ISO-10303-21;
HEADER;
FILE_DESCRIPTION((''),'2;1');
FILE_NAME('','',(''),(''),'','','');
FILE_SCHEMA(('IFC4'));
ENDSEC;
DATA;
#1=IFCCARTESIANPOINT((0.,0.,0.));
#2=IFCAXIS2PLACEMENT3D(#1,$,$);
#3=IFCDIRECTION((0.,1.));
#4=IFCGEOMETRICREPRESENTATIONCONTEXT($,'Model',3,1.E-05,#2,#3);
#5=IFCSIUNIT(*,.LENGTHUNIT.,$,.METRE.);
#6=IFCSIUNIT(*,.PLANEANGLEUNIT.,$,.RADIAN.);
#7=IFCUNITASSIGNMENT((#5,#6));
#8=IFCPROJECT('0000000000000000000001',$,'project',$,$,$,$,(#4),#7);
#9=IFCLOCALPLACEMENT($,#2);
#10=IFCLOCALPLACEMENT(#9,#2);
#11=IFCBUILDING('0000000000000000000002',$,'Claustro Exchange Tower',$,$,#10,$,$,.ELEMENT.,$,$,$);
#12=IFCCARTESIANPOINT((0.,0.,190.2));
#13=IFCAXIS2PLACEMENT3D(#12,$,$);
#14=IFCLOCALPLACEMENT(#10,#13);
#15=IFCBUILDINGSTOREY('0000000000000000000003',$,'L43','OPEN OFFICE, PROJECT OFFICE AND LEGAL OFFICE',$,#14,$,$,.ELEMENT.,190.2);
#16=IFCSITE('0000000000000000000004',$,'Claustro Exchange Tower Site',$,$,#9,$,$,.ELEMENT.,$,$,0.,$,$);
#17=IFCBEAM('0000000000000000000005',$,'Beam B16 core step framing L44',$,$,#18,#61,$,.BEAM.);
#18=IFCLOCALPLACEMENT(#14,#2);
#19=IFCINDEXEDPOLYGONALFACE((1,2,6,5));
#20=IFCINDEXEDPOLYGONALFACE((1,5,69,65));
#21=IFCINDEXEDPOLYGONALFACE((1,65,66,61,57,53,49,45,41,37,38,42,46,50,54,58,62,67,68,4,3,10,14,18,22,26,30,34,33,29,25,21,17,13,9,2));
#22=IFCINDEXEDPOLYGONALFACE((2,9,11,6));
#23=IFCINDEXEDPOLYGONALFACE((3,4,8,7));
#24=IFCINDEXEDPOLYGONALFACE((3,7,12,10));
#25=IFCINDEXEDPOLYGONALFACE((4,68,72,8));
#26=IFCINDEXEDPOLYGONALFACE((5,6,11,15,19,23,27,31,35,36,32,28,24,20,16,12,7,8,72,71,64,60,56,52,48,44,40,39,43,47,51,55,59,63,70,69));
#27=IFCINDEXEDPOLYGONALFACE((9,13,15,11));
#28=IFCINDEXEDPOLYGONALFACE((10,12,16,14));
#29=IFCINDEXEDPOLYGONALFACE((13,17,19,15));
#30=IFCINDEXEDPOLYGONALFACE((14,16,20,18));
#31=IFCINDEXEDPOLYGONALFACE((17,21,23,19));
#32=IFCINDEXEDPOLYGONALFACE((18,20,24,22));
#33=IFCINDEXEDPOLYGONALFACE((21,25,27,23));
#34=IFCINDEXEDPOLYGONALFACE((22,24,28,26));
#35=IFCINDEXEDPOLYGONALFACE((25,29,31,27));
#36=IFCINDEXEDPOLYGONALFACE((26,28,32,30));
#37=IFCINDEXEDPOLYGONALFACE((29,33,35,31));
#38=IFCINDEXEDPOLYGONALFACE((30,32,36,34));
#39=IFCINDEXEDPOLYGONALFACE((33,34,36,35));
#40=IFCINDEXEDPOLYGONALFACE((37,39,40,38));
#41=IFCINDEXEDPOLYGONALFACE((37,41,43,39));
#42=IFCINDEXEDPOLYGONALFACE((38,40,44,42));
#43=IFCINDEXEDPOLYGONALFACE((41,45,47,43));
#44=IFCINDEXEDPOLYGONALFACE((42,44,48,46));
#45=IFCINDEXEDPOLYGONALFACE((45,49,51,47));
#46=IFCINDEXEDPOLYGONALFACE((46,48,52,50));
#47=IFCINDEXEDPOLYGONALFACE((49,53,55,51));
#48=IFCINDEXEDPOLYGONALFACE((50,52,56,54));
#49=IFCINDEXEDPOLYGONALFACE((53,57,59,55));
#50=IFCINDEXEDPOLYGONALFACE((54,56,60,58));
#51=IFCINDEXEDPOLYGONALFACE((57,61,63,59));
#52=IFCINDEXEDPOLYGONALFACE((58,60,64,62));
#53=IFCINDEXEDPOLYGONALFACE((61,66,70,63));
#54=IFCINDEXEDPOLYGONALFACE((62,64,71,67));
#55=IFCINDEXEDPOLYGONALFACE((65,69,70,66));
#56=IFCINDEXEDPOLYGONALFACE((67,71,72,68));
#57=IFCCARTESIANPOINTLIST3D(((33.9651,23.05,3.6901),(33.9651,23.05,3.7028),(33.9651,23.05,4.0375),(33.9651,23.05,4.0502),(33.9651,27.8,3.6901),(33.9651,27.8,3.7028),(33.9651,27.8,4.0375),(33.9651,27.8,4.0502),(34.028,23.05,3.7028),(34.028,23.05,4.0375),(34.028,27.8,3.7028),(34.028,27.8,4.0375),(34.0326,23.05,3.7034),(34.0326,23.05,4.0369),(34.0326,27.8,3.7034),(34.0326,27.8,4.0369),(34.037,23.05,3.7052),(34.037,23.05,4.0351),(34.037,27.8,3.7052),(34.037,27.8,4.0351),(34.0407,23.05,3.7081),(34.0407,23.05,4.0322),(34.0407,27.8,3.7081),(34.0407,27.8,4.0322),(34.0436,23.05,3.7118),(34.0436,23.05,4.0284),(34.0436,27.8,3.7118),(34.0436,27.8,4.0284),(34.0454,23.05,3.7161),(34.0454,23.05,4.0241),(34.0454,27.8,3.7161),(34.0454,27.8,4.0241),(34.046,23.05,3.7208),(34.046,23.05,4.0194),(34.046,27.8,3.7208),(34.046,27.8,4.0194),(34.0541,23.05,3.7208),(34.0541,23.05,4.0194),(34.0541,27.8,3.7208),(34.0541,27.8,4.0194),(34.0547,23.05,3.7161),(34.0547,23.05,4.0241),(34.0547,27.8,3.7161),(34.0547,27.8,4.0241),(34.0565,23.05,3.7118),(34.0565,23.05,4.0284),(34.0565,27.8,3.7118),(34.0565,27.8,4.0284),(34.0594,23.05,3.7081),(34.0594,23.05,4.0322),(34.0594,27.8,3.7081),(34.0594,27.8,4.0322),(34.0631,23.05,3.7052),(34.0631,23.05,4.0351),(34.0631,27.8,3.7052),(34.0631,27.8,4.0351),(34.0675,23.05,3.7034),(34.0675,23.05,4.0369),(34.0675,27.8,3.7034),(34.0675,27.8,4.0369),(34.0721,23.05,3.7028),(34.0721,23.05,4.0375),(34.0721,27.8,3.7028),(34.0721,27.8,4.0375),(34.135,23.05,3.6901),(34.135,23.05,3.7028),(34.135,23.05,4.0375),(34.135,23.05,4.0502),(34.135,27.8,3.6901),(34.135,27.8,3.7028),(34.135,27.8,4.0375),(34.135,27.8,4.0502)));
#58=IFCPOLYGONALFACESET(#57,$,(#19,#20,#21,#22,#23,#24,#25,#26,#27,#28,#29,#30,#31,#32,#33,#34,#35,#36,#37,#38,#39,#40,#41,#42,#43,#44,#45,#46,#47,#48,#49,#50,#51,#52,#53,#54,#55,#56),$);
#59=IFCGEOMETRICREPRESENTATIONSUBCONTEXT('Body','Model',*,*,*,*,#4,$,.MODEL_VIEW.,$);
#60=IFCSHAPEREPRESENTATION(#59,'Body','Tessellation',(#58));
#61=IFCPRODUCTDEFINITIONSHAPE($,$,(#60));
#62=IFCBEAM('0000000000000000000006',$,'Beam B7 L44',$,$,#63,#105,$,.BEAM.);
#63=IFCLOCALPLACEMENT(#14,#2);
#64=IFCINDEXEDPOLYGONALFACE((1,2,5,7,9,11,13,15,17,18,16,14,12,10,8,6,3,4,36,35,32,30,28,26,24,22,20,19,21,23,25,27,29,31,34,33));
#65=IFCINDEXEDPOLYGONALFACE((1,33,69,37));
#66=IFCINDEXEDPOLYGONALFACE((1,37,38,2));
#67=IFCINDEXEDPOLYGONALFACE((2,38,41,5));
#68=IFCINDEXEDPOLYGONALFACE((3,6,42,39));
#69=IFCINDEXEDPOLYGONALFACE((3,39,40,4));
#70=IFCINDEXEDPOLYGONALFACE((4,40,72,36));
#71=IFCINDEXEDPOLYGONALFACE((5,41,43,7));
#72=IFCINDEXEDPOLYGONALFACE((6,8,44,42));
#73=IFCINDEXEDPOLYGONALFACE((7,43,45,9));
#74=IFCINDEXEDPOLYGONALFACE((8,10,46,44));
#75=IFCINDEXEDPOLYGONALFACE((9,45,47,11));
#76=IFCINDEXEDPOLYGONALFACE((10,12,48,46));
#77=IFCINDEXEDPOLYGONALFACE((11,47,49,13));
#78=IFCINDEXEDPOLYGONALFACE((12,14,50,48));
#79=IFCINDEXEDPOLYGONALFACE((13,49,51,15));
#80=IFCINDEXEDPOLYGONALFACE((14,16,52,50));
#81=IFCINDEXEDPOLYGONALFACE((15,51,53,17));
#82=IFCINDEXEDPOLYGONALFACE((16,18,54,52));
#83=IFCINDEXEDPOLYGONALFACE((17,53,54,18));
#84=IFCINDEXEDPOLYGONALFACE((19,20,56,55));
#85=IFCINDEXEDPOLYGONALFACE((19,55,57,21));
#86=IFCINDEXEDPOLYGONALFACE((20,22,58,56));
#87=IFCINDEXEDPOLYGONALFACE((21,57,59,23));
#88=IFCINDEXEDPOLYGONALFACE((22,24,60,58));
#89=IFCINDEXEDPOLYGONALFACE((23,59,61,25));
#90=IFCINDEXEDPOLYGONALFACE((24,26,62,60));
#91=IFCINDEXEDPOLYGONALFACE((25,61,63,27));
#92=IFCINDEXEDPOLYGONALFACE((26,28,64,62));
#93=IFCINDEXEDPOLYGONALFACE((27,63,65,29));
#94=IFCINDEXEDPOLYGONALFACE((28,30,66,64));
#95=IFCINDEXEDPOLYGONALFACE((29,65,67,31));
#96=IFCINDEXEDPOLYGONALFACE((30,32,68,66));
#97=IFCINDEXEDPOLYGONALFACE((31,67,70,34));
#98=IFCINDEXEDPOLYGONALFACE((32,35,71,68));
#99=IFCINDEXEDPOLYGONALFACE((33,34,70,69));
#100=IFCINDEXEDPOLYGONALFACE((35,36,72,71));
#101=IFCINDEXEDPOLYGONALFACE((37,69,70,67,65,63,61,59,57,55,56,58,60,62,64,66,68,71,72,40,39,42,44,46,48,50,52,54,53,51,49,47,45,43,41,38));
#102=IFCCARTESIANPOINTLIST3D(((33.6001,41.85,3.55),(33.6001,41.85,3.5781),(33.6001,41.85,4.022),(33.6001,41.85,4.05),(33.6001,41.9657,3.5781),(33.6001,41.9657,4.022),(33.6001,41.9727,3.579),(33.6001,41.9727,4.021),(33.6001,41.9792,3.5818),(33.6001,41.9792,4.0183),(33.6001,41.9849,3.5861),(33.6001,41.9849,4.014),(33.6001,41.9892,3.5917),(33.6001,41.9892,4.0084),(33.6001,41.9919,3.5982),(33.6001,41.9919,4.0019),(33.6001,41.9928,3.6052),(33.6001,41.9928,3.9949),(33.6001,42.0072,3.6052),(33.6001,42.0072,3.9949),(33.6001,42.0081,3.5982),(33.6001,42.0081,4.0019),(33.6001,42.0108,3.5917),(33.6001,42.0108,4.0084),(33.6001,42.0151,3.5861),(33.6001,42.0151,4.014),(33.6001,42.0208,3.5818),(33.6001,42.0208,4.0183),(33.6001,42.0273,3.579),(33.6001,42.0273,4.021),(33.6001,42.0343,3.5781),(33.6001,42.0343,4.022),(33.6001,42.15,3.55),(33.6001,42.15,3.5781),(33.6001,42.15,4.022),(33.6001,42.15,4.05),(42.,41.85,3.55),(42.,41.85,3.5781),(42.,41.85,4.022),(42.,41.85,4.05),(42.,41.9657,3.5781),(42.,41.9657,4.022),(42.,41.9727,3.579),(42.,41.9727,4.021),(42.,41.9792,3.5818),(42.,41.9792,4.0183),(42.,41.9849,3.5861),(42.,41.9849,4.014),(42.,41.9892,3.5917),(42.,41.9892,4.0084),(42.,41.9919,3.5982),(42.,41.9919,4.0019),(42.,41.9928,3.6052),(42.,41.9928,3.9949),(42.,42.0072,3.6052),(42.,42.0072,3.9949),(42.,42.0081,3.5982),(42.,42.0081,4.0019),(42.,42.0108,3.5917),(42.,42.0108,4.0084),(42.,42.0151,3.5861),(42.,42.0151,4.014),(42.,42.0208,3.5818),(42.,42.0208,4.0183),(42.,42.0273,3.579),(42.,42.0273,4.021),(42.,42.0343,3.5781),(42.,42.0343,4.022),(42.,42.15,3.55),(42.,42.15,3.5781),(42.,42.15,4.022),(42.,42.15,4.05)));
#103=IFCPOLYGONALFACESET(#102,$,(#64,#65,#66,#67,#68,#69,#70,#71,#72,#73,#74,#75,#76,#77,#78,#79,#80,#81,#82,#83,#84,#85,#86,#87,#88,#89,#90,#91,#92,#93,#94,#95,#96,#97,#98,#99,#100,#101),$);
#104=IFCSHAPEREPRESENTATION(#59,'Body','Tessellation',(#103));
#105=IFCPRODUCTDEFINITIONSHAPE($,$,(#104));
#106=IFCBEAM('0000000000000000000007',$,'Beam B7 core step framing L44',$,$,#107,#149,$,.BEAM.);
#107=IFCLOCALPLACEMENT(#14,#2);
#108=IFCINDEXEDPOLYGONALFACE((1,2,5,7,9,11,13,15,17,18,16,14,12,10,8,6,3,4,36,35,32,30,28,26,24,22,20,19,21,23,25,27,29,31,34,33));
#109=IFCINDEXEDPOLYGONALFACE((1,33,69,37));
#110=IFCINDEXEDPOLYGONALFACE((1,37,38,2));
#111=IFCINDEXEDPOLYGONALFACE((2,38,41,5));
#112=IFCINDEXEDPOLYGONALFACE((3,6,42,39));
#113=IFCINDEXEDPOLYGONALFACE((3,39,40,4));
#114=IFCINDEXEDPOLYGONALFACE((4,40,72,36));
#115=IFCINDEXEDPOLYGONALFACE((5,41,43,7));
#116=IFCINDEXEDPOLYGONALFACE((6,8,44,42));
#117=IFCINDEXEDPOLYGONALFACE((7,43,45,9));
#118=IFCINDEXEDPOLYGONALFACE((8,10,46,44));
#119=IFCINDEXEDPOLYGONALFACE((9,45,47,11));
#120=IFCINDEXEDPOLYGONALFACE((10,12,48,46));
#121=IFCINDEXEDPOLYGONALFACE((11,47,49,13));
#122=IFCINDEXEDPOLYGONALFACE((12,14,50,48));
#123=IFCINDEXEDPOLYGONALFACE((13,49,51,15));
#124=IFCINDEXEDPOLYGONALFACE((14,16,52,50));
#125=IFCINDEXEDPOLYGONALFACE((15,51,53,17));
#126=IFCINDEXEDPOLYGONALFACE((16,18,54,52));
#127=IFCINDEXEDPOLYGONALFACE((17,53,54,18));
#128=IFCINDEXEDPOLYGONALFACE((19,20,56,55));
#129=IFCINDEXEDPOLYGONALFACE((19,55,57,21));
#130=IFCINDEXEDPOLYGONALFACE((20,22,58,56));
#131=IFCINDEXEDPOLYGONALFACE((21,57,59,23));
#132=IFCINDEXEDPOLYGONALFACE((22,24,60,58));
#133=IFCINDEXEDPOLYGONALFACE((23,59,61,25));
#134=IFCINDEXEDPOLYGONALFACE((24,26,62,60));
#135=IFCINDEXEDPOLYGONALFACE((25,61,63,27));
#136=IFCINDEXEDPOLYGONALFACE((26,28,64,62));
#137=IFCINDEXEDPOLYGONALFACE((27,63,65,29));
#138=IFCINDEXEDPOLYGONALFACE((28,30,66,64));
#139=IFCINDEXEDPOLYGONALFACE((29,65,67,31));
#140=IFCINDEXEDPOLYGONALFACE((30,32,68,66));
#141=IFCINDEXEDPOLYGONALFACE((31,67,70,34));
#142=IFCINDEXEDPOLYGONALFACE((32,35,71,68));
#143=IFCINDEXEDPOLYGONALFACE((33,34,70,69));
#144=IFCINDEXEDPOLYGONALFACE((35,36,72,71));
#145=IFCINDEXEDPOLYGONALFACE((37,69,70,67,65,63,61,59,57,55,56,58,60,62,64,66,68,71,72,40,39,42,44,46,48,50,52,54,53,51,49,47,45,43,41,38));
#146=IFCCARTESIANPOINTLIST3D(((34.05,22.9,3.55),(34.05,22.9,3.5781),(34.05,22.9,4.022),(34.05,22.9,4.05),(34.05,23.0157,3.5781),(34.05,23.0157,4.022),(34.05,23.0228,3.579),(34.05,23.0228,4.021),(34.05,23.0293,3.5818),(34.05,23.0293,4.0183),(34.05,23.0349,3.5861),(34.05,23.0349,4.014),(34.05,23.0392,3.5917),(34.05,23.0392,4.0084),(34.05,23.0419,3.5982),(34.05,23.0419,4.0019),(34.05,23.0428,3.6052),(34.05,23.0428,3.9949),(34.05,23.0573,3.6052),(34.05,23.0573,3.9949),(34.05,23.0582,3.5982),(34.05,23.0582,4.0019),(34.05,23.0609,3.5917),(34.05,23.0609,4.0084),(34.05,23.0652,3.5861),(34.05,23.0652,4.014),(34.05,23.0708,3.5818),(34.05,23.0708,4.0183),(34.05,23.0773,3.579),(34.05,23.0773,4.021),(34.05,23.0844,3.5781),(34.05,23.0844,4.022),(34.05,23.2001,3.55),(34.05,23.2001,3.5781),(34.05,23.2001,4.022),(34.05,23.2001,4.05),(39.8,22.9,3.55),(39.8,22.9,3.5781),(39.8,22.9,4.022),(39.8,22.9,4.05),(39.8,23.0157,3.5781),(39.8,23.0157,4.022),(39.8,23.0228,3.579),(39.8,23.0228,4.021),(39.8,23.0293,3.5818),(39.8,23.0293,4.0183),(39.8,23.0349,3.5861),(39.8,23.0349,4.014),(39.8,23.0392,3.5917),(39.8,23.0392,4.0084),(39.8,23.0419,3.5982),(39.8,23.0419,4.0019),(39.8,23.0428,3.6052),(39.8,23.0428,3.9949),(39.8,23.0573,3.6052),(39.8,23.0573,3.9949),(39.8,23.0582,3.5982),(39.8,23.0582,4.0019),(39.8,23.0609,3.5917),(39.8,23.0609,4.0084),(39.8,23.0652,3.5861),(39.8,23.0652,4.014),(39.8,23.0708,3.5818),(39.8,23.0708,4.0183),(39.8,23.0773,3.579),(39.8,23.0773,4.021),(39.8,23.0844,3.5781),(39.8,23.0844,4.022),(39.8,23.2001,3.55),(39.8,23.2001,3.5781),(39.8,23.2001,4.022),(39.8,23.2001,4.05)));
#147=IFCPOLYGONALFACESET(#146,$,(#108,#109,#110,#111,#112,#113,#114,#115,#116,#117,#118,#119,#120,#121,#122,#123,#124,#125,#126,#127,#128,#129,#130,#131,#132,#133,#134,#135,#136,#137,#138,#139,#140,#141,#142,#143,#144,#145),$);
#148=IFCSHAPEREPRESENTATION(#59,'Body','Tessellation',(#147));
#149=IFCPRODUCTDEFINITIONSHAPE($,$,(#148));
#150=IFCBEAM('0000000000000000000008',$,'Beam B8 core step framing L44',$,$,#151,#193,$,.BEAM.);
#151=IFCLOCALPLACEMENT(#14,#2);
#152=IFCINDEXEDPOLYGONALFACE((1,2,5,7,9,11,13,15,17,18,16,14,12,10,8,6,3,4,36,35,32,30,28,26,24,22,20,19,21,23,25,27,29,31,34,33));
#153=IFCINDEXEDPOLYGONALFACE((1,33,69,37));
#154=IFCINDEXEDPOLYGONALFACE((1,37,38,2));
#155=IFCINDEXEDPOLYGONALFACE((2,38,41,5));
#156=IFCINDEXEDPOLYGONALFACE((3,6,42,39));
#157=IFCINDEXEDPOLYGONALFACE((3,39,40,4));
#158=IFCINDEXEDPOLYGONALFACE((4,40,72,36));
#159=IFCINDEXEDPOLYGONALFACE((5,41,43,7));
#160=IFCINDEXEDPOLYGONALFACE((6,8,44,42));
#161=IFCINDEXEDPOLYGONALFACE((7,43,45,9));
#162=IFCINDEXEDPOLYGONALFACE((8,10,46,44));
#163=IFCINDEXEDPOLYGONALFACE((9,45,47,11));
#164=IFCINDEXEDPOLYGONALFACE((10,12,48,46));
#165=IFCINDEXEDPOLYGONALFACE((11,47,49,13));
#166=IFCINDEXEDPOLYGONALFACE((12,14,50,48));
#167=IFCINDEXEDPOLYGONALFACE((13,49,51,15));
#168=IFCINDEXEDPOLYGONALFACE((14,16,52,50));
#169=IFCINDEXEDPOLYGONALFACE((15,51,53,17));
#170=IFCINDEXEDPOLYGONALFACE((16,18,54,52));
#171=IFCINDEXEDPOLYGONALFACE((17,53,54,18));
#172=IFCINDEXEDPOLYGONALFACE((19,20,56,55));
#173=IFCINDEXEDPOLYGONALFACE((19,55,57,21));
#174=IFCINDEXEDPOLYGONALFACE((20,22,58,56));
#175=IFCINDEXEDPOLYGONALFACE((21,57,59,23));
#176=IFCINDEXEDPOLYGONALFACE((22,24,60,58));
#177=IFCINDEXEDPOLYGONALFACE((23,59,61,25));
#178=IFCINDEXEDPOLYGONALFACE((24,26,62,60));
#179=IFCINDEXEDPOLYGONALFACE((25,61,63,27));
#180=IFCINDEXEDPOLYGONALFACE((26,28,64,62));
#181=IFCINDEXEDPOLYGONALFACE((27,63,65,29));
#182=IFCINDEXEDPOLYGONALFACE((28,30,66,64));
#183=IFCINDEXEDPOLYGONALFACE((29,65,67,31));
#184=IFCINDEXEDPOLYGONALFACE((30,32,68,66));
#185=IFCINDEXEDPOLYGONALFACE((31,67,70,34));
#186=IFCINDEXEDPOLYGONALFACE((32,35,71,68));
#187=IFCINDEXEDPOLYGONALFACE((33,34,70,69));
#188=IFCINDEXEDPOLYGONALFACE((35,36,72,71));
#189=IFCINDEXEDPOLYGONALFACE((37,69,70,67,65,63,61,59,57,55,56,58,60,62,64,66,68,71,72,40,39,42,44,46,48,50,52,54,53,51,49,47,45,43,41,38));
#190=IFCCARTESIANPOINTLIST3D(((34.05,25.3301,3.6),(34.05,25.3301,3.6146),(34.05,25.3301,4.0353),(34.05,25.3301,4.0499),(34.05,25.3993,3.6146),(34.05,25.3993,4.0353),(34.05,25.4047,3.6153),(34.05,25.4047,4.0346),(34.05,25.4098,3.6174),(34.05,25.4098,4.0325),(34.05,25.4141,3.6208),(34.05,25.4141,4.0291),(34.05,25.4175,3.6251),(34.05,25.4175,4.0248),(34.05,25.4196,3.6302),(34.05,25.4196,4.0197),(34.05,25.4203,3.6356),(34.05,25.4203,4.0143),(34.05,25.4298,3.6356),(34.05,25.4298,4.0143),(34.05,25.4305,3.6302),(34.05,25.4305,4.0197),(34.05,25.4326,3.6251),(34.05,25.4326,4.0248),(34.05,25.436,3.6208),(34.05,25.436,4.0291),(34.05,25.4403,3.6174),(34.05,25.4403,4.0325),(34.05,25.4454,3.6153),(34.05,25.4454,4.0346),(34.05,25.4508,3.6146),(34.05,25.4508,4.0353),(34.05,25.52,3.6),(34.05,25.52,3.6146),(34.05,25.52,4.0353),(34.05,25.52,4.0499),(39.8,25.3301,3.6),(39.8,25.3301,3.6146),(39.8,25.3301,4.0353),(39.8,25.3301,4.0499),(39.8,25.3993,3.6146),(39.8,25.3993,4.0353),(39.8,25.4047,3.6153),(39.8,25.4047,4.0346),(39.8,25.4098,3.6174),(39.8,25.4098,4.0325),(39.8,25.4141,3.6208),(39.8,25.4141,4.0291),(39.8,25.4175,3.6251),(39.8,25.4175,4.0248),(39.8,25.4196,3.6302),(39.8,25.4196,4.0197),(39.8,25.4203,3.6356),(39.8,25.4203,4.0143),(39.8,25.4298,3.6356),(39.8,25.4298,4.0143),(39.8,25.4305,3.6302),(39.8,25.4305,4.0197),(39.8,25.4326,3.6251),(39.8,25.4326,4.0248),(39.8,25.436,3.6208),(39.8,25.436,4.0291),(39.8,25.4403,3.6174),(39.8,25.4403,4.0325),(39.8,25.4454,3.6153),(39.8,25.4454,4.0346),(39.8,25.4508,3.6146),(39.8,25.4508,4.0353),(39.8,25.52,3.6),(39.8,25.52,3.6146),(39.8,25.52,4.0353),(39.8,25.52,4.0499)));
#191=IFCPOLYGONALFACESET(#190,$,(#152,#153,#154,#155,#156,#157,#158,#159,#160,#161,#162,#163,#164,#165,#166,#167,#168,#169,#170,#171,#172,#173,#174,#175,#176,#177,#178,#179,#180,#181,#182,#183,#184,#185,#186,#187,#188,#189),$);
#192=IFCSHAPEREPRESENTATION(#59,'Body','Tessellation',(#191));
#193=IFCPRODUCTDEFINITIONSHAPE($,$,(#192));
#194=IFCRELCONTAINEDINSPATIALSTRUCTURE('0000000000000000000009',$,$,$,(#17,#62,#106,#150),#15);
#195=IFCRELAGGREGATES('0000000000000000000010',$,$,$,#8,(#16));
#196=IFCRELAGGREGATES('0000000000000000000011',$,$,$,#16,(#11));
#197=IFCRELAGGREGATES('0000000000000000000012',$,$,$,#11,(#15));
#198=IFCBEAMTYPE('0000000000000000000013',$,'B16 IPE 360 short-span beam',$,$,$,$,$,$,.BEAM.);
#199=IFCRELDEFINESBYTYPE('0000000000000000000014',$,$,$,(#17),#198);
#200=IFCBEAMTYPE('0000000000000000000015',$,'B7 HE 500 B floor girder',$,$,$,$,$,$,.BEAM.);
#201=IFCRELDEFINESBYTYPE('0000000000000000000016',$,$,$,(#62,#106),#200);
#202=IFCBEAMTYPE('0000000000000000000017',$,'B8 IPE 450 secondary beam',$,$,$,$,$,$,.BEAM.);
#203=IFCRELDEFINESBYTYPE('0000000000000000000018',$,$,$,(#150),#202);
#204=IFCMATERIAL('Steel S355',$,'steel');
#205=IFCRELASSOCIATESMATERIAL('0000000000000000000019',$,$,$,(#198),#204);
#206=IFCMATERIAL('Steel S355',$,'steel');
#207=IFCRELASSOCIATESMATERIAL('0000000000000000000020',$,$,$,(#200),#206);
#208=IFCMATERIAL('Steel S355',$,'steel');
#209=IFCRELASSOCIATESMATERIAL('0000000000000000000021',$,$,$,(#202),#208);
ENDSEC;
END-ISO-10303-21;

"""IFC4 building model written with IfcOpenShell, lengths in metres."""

from ifc_helpers import new_model, si_unit, direction, frame, origin, origin_2d, place, context, subcontext, project, spatial, i_section, extrude, material, material_profile, profile_set, type_object, element, save


model = new_model("IFC4")

# Units and contexts
model_context = context("Model", 3, precision=1e-05, world=origin(), true_north=direction((0.0, 1.0)))
body_context = subcontext(model_context, "Body", "Model", "MODEL_VIEW")
ifc_project = project(units=[si_unit("LENGTHUNIT", "METRE"), si_unit("PLANEANGLEUNIT", "RADIAN")], contexts=[model_context])

# Site, building, storey
site_placement = place(None, origin())
site = spatial("IfcSite", under=ifc_project, at=site_placement, Name="Claustro Exchange Tower Site", CompositionType="ELEMENT", RefElevation=0.0)
building_placement = place(site_placement, origin())
building = spatial("IfcBuilding", under=site, at=building_placement, Name="Claustro Exchange Tower", CompositionType="ELEMENT")
storey_placement = place(building_placement, frame((0.0, 0.0, 190.2)))
storey = spatial("IfcBuildingStorey", under=building, at=storey_placement, Name="L43", Description="OPEN OFFICE, PROJECT OFFICE AND LEGAL OFFICE", CompositionType="ELEMENT", Elevation=190.2)

# Beams
ifc_material_1 = material(Name="Steel S355", Category="steel")
ifc_material_profile_1 = material_profile(ifc_material_1, i_section(OverallWidth=0.1699, OverallDepth=0.3601, WebThickness=0.0081, FlangeThickness=0.0127, FilletRadius=0.0181, at=origin_2d()), Name="IPE 360")
ifc_profile_set_1 = profile_set([ifc_material_profile_1], Name="Steel S355")
beam_type_1 = type_object("IfcBeamType", Name="B16 IPE 360 short-span beam", PredefinedType="BEAM", material=ifc_profile_set_1)
beam_1_placement = place(storey_placement, frame((34.05, 23.05, 3.8701), z_axis=(0.0, 1.0, 0.0), x_axis=(-1.0, 0.0, 0.0)))
element("IfcBeam", 1, at=beam_1_placement, inside=storey, type_object=beam_type_1, Name="Beam B16 core step framing L44", PredefinedType="BEAM", context=body_context, shape_type="SweptSolid", body=[
    extrude(i_section(OverallWidth=0.1699, OverallDepth=0.3601, WebThickness=0.0081, FlangeThickness=0.0127, FilletRadius=0.0181, at=origin_2d()), origin(), (0.0, 0.0, 1.0), 4.75),
])
ifc_material_2 = material(Name="Steel S355", Category="steel")
ifc_material_profile_2 = material_profile(ifc_material_2, i_section(OverallWidth=0.3, OverallDepth=0.5, WebThickness=0.0144, FlangeThickness=0.0281, FilletRadius=0.0271, at=origin_2d()), Name="HE 500 B")
ifc_profile_set_2 = profile_set([ifc_material_profile_2], Name="Steel S355")
beam_type_2 = type_object("IfcBeamType", Name="B7 HE 500 B floor girder", PredefinedType="BEAM", material=ifc_profile_set_2)
beam_2_placement = place(storey_placement, frame((33.6001, 42.0, 3.8), z_axis=(1.0, 0.0, 0.0), x_axis=(0.0, 1.0, 0.0)))
element("IfcBeam", 2, at=beam_2_placement, inside=storey, type_object=beam_type_2, Name="Beam B7 L44", PredefinedType="BEAM", context=body_context, shape_type="SweptSolid", body=[
    extrude(i_section(OverallWidth=0.3, OverallDepth=0.5, WebThickness=0.0144, FlangeThickness=0.0281, FilletRadius=0.0271, at=origin_2d()), origin(), (0.0, 0.0, 1.0), 8.3999),
])
beam_3_placement = place(storey_placement, frame((34.05, 23.05, 3.8), z_axis=(1.0, 0.0, 0.0), x_axis=(0.0, 1.0, 0.0)))
element("IfcBeam", 3, at=beam_3_placement, inside=storey, type_object=beam_type_2, Name="Beam B7 core step framing L44", PredefinedType="BEAM", context=body_context, shape_type="SweptSolid", body=[
    extrude(i_section(OverallWidth=0.3, OverallDepth=0.5, WebThickness=0.0144, FlangeThickness=0.0281, FilletRadius=0.0271, at=origin_2d()), origin(), (0.0, 0.0, 1.0), 5.75),
])
ifc_material_3 = material(Name="Steel S355", Category="steel")
ifc_material_profile_3 = material_profile(ifc_material_3, i_section(OverallWidth=0.1899, OverallDepth=0.45, WebThickness=0.0095, FlangeThickness=0.0146, FilletRadius=0.021, at=origin_2d()), Name="IPE 450")
ifc_profile_set_3 = profile_set([ifc_material_profile_3], Name="Steel S355")
beam_type_3 = type_object("IfcBeamType", Name="B8 IPE 450 secondary beam", PredefinedType="BEAM", material=ifc_profile_set_3)
beam_4_placement = place(storey_placement, frame((34.05, 25.425, 3.825), z_axis=(1.0, 0.0, 0.0), x_axis=(0.0, 1.0, 0.0)))
element("IfcBeam", 4, at=beam_4_placement, inside=storey, type_object=beam_type_3, Name="Beam B8 core step framing L44", PredefinedType="BEAM", context=body_context, shape_type="SweptSolid", body=[
    extrude(i_section(OverallWidth=0.1899, OverallDepth=0.45, WebThickness=0.0095, FlangeThickness=0.0146, FilletRadius=0.021, at=origin_2d()), origin(), (0.0, 0.0, 1.0), 5.75),
])

save(model, "model.ifc")
